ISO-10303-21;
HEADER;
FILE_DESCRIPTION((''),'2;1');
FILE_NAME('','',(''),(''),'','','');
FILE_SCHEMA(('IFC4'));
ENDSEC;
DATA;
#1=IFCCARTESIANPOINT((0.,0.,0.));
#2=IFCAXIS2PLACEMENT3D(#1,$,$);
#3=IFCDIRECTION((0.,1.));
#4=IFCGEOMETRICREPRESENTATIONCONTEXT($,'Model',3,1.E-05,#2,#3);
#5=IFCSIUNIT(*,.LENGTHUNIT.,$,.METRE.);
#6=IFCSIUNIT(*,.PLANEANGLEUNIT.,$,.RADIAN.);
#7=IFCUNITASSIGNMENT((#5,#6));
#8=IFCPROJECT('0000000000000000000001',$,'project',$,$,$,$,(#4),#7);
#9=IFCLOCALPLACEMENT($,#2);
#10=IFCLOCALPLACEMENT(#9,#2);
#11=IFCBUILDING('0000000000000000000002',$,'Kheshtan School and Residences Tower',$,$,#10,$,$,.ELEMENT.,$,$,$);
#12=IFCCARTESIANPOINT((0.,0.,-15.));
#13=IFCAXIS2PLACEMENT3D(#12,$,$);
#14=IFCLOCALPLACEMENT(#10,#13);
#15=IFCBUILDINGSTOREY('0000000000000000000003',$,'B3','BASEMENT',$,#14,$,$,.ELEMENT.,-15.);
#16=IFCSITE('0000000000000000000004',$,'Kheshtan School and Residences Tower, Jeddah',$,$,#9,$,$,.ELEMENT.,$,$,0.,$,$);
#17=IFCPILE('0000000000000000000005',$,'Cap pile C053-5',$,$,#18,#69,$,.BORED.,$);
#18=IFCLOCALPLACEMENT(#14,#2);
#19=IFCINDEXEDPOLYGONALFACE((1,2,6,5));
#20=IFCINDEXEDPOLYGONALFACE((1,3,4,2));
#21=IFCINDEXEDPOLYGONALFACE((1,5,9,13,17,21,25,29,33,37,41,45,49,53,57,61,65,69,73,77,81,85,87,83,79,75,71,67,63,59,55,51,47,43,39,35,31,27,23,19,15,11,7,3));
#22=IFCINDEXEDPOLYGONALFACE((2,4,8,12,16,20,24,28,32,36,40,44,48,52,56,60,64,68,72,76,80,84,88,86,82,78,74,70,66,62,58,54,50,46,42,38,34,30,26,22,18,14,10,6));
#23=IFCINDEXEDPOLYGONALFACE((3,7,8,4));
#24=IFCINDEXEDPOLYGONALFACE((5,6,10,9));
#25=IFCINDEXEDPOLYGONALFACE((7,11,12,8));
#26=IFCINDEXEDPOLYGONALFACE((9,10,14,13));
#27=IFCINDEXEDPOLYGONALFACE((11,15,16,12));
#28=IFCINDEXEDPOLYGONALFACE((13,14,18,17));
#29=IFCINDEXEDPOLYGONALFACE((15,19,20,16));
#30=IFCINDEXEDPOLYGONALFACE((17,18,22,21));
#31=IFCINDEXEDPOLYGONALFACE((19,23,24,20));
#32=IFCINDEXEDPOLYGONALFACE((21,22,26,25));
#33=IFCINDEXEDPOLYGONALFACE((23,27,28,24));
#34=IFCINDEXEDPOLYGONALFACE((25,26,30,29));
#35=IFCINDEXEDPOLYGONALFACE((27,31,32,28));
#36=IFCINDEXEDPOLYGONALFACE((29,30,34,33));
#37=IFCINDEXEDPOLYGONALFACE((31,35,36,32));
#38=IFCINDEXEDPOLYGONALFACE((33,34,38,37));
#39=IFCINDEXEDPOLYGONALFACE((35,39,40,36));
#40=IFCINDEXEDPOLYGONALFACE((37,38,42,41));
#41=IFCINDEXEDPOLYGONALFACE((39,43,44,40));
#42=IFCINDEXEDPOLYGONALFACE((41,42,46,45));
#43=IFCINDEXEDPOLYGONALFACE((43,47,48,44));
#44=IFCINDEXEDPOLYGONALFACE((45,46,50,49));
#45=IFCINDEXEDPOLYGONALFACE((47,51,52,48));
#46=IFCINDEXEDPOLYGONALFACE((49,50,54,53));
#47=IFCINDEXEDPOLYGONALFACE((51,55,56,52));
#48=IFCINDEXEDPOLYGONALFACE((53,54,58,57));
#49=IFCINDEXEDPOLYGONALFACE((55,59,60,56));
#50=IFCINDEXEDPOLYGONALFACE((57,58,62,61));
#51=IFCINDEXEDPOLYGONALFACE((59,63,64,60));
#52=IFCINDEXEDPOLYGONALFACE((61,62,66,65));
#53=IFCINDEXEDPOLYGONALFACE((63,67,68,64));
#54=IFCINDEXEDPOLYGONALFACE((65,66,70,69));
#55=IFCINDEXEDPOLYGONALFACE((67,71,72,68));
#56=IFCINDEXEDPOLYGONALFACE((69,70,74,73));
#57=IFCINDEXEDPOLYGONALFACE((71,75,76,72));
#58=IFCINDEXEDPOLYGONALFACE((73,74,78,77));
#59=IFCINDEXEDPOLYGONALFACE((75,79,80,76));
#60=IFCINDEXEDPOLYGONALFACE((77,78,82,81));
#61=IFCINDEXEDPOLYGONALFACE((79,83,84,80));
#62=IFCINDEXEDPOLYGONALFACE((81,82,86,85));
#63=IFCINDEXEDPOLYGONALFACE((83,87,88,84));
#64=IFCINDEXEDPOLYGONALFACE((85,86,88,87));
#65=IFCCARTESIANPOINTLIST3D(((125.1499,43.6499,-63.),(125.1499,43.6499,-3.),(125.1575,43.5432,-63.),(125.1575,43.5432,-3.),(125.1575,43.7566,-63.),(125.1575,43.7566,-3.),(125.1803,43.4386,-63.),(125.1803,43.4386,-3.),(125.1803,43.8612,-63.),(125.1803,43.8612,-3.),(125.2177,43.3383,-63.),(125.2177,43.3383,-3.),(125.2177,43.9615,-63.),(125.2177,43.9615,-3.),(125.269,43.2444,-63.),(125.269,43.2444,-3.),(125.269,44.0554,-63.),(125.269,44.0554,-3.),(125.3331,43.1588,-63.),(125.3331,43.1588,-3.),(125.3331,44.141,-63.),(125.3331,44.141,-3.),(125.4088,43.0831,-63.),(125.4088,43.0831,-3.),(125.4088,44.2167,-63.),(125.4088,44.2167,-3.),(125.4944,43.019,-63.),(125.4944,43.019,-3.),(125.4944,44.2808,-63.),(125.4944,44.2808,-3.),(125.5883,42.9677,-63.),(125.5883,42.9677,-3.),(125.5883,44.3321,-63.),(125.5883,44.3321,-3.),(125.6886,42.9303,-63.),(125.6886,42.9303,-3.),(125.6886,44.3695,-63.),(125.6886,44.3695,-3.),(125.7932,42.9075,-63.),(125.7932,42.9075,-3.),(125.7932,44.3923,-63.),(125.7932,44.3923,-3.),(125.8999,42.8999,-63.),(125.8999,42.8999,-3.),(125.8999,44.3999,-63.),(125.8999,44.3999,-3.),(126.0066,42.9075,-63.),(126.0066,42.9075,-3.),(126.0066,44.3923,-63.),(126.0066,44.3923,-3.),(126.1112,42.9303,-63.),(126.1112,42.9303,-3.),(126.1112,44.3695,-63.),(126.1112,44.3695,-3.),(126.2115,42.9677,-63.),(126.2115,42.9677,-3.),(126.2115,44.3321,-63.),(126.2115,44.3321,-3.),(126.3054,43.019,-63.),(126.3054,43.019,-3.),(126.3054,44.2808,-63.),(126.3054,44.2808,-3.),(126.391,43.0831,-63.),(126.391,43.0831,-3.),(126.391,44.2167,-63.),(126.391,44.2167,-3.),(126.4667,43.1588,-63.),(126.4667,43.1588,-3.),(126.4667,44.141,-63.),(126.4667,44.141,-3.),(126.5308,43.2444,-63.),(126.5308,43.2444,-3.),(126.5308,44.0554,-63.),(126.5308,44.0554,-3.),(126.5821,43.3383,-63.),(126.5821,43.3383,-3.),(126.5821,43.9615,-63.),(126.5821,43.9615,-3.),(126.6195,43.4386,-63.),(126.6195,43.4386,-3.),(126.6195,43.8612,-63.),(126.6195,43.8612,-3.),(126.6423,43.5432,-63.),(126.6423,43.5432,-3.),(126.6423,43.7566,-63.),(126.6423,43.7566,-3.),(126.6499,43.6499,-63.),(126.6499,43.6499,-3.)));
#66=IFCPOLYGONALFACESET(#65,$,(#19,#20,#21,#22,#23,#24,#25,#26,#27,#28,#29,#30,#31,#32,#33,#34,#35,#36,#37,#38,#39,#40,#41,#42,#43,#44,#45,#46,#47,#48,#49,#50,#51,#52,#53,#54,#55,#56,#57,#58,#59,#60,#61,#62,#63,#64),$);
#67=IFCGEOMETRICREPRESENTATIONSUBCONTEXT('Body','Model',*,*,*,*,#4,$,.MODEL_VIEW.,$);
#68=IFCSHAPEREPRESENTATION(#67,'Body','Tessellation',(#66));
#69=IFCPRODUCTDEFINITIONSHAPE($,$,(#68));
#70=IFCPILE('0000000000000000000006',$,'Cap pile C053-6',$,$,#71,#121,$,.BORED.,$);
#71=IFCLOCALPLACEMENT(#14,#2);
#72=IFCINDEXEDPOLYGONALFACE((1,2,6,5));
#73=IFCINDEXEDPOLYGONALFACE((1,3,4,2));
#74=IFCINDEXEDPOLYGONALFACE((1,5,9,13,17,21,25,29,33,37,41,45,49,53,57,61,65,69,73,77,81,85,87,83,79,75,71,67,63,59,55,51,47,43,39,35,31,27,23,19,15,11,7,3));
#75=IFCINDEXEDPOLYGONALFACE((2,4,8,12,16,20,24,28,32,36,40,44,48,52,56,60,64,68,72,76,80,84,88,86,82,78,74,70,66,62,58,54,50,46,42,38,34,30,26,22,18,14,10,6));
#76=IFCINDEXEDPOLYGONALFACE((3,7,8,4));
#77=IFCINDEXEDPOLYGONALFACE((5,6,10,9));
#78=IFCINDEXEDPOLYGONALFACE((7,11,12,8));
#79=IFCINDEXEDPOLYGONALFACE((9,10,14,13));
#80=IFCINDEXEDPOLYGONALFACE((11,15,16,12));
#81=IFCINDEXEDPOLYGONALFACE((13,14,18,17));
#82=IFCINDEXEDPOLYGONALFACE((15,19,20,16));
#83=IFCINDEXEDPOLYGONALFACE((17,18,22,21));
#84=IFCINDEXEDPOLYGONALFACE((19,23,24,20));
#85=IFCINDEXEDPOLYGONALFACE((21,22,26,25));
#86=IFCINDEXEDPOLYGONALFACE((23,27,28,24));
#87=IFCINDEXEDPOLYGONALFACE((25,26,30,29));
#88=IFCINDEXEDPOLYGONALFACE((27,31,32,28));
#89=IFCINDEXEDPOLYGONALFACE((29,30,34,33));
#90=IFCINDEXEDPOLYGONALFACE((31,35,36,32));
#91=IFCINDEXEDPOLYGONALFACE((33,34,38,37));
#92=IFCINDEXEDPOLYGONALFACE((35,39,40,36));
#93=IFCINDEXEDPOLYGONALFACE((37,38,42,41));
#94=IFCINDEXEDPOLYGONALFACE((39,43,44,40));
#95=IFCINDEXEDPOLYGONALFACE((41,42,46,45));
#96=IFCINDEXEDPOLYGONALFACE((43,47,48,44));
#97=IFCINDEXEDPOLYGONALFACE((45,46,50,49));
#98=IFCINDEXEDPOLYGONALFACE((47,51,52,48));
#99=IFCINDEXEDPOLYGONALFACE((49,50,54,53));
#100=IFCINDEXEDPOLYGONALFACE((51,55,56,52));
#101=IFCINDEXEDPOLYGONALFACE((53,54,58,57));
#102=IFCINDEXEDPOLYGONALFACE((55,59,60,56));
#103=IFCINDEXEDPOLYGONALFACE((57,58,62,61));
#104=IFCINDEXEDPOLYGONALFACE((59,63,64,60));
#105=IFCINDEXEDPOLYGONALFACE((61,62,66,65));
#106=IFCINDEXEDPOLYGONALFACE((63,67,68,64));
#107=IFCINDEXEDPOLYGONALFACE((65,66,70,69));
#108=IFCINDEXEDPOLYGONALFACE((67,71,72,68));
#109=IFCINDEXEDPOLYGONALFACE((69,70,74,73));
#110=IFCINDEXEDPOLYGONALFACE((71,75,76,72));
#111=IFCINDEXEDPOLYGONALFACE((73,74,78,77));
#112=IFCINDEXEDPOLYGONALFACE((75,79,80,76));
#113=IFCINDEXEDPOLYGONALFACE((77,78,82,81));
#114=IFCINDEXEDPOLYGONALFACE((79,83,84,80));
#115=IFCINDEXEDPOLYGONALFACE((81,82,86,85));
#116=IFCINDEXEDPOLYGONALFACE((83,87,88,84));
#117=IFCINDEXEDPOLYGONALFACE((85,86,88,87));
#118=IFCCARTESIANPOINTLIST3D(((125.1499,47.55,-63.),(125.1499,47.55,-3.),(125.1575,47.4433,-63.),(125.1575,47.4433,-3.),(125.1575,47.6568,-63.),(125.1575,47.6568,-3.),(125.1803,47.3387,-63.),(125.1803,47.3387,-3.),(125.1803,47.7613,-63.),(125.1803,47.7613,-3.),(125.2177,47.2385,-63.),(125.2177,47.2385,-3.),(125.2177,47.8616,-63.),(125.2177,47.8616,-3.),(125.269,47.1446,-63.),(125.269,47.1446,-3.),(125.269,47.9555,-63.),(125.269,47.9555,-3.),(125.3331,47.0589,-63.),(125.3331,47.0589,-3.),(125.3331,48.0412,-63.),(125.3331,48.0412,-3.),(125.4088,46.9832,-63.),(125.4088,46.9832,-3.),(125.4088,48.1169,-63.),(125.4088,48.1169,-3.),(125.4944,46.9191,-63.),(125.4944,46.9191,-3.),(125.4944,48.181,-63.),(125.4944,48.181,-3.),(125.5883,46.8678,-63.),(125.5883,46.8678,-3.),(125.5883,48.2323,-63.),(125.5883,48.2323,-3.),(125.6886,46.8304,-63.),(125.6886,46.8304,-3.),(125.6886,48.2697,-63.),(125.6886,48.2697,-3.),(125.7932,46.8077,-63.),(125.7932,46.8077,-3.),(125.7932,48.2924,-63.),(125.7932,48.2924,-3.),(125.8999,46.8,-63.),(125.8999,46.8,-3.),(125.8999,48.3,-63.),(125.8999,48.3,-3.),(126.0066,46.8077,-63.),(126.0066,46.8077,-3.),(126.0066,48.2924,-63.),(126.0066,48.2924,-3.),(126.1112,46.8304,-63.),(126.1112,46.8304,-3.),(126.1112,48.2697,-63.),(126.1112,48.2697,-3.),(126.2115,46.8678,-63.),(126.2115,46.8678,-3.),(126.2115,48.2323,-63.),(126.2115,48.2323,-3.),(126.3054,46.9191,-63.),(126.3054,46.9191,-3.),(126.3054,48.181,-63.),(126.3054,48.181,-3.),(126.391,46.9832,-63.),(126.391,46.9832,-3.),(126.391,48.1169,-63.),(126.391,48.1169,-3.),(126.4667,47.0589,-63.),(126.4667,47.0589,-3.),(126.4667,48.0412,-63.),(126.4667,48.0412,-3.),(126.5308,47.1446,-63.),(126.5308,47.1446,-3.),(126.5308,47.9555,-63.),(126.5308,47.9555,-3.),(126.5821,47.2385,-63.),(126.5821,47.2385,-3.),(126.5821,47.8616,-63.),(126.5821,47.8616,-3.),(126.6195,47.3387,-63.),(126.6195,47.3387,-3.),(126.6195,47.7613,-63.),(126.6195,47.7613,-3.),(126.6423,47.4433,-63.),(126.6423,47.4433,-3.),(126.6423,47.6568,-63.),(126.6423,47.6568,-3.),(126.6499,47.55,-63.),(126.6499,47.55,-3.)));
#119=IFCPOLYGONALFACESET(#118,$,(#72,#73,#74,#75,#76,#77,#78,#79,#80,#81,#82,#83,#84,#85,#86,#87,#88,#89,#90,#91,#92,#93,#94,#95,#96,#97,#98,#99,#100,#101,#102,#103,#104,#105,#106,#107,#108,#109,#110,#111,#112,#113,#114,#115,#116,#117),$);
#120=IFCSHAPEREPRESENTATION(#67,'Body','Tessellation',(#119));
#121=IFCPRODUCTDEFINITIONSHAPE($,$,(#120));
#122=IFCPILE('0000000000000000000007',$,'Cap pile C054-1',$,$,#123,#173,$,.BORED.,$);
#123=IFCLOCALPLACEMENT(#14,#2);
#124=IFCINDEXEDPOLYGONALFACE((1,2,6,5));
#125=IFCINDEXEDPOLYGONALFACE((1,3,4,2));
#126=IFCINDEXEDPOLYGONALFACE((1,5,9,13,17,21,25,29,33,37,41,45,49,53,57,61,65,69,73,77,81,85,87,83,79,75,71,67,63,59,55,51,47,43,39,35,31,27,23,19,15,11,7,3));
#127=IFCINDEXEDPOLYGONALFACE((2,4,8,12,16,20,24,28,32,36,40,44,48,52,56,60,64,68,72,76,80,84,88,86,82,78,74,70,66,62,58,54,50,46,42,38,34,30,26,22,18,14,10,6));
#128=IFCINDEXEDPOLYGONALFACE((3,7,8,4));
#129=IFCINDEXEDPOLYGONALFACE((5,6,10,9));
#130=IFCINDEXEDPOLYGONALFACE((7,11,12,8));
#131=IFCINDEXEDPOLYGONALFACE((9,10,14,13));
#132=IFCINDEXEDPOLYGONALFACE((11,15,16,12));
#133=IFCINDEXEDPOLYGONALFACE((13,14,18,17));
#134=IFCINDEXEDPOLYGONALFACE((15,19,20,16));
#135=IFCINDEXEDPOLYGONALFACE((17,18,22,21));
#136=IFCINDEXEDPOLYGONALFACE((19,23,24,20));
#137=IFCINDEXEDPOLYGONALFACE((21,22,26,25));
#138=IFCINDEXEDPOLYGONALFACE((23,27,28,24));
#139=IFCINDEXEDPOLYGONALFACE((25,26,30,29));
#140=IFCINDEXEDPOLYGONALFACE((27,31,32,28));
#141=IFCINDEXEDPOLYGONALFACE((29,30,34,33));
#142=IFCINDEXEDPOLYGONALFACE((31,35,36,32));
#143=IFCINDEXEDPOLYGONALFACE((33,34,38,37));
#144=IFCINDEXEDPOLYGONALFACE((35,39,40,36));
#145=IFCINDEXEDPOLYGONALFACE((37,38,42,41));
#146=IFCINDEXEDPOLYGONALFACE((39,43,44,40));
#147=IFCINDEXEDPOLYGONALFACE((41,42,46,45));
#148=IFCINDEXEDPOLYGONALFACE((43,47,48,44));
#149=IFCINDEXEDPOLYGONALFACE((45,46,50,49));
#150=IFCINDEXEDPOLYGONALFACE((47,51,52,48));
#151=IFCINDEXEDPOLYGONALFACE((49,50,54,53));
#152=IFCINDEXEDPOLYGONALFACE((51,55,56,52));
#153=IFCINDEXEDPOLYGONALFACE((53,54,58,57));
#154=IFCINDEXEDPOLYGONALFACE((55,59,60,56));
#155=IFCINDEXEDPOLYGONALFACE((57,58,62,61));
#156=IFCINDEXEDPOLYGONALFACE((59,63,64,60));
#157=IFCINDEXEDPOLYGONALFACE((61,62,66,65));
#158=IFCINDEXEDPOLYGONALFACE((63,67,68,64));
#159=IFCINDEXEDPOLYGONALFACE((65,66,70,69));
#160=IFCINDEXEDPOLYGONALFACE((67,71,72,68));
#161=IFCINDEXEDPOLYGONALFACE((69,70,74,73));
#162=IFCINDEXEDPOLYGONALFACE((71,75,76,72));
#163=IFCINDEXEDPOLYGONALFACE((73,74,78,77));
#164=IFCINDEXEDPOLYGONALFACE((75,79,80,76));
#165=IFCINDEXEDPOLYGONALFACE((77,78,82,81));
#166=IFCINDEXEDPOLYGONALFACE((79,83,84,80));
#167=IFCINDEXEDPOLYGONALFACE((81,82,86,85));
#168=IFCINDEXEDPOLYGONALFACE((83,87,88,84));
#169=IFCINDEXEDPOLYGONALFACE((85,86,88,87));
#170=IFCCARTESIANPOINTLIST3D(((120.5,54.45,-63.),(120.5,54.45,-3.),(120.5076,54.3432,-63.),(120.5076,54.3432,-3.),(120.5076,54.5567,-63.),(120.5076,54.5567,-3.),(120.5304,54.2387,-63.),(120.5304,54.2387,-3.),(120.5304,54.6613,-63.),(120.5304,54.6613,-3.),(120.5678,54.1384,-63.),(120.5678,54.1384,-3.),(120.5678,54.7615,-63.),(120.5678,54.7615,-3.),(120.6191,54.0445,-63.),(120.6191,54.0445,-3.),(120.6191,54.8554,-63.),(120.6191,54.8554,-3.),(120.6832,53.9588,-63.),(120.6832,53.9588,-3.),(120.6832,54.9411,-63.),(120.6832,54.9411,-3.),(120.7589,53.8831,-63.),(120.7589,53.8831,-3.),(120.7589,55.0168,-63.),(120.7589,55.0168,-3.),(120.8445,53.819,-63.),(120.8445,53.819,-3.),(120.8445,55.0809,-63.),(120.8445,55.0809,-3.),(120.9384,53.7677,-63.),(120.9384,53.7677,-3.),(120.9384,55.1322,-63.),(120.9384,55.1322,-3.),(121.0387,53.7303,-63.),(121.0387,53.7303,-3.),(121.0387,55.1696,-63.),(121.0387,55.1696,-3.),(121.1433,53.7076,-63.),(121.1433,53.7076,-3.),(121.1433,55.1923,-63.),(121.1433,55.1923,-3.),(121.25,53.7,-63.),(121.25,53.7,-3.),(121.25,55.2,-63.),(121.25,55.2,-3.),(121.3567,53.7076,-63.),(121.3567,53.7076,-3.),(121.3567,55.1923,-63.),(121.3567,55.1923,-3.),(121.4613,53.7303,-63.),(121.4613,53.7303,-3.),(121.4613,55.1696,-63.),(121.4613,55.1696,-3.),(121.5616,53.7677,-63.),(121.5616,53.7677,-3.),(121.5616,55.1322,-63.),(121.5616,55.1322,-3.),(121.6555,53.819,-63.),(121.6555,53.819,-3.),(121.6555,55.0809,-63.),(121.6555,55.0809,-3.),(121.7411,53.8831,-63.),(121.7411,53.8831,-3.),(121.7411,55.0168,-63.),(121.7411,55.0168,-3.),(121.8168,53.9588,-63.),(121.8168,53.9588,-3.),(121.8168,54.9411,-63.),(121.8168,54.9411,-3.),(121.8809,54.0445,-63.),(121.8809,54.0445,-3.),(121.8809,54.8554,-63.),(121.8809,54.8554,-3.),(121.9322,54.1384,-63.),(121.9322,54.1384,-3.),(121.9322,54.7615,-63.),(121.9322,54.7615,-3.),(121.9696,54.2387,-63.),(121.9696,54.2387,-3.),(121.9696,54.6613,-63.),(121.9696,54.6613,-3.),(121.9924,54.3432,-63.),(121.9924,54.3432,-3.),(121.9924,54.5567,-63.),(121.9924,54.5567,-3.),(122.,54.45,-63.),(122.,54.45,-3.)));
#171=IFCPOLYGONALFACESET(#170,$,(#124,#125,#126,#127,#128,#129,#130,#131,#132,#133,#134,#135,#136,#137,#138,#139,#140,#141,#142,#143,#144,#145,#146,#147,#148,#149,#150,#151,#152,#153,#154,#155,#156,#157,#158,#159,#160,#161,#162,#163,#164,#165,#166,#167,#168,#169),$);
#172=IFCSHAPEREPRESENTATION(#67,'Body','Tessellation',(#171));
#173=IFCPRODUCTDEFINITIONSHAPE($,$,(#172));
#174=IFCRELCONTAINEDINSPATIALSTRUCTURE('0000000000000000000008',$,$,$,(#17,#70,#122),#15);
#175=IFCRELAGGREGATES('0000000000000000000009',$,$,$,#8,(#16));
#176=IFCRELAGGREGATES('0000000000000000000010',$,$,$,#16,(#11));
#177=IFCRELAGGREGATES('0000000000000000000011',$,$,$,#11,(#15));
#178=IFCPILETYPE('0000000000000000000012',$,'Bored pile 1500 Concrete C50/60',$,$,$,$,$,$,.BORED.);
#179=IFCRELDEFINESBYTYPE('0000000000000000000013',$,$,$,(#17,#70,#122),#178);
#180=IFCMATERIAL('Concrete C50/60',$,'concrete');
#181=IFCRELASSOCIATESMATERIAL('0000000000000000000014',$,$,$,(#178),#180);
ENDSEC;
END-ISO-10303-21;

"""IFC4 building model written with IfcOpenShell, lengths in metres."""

from ifc_helpers import new_model, si_unit, direction, frame, origin, origin_2d, place, context, subcontext, project, spatial, circle, extrude, material, material_profile, profile_set, type_object, element, save


model = new_model("IFC4")

# Units and contexts
model_context = context("Model", 3, precision=1e-05, world=origin(), true_north=direction((0.0, 1.0)))
body_context = subcontext(model_context, "Body", "Model", "MODEL_VIEW")
ifc_project = project(units=[si_unit("LENGTHUNIT", "METRE"), si_unit("PLANEANGLEUNIT", "RADIAN")], contexts=[model_context])

# Site, building, storey
site_placement = place(None, origin())
site = spatial("IfcSite", under=ifc_project, at=site_placement, Name="Kheshtan School and Residences Tower, Jeddah", CompositionType="ELEMENT", RefElevation=0.0)
building_placement = place(site_placement, origin())
building = spatial("IfcBuilding", under=site, at=building_placement, Name="Kheshtan School and Residences Tower", CompositionType="ELEMENT")
storey_placement = place(building_placement, frame((0.0, 0.0, -15.0)))
storey = spatial("IfcBuildingStorey", under=building, at=storey_placement, Name="B3", Description="BASEMENT", CompositionType="ELEMENT", Elevation=-15.0)

# Piles
ifc_material_1 = material(Name="Concrete C50/60", Category="concrete")
ifc_material_profile_1 = material_profile(ifc_material_1, circle(Radius=0.75, at=origin_2d()), Name="BP 1500")
ifc_profile_set_1 = profile_set([ifc_material_profile_1], Name="Concrete C50/60")
pile_type_1 = type_object("IfcPileType", Name="Bored pile 1500 Concrete C50/60", PredefinedType="BORED", material=ifc_profile_set_1)
for number, where, z_axis, x_axis, name in (
    (1, (125.8999, 43.6499, -3.0), (0.0, 0.0, -1.0), (1.0, 0.0, 0.0), "Cap pile C053-5"),
    (2, (125.8999, 47.55, -3.0), (0.0, 0.0, -1.0), (1.0, 0.0, 0.0), "Cap pile C053-6"),
    (3, (121.25, 54.45, -3.0), (0.0, 0.0, -1.0), (1.0, 0.0, 0.0), "Cap pile C054-1"),
):
    element("IfcPile", number, at=place(storey_placement, frame(where, z_axis=z_axis, x_axis=x_axis)), inside=storey, type_object=pile_type_1, Name=name, PredefinedType="BORED", context=body_context, shape_type="SweptSolid", body=[
        extrude(circle(Radius=0.75, at=origin_2d()), origin(), (0.0, 0.0, 1.0), 60.0),
    ])

save(model, "model.ifc")
